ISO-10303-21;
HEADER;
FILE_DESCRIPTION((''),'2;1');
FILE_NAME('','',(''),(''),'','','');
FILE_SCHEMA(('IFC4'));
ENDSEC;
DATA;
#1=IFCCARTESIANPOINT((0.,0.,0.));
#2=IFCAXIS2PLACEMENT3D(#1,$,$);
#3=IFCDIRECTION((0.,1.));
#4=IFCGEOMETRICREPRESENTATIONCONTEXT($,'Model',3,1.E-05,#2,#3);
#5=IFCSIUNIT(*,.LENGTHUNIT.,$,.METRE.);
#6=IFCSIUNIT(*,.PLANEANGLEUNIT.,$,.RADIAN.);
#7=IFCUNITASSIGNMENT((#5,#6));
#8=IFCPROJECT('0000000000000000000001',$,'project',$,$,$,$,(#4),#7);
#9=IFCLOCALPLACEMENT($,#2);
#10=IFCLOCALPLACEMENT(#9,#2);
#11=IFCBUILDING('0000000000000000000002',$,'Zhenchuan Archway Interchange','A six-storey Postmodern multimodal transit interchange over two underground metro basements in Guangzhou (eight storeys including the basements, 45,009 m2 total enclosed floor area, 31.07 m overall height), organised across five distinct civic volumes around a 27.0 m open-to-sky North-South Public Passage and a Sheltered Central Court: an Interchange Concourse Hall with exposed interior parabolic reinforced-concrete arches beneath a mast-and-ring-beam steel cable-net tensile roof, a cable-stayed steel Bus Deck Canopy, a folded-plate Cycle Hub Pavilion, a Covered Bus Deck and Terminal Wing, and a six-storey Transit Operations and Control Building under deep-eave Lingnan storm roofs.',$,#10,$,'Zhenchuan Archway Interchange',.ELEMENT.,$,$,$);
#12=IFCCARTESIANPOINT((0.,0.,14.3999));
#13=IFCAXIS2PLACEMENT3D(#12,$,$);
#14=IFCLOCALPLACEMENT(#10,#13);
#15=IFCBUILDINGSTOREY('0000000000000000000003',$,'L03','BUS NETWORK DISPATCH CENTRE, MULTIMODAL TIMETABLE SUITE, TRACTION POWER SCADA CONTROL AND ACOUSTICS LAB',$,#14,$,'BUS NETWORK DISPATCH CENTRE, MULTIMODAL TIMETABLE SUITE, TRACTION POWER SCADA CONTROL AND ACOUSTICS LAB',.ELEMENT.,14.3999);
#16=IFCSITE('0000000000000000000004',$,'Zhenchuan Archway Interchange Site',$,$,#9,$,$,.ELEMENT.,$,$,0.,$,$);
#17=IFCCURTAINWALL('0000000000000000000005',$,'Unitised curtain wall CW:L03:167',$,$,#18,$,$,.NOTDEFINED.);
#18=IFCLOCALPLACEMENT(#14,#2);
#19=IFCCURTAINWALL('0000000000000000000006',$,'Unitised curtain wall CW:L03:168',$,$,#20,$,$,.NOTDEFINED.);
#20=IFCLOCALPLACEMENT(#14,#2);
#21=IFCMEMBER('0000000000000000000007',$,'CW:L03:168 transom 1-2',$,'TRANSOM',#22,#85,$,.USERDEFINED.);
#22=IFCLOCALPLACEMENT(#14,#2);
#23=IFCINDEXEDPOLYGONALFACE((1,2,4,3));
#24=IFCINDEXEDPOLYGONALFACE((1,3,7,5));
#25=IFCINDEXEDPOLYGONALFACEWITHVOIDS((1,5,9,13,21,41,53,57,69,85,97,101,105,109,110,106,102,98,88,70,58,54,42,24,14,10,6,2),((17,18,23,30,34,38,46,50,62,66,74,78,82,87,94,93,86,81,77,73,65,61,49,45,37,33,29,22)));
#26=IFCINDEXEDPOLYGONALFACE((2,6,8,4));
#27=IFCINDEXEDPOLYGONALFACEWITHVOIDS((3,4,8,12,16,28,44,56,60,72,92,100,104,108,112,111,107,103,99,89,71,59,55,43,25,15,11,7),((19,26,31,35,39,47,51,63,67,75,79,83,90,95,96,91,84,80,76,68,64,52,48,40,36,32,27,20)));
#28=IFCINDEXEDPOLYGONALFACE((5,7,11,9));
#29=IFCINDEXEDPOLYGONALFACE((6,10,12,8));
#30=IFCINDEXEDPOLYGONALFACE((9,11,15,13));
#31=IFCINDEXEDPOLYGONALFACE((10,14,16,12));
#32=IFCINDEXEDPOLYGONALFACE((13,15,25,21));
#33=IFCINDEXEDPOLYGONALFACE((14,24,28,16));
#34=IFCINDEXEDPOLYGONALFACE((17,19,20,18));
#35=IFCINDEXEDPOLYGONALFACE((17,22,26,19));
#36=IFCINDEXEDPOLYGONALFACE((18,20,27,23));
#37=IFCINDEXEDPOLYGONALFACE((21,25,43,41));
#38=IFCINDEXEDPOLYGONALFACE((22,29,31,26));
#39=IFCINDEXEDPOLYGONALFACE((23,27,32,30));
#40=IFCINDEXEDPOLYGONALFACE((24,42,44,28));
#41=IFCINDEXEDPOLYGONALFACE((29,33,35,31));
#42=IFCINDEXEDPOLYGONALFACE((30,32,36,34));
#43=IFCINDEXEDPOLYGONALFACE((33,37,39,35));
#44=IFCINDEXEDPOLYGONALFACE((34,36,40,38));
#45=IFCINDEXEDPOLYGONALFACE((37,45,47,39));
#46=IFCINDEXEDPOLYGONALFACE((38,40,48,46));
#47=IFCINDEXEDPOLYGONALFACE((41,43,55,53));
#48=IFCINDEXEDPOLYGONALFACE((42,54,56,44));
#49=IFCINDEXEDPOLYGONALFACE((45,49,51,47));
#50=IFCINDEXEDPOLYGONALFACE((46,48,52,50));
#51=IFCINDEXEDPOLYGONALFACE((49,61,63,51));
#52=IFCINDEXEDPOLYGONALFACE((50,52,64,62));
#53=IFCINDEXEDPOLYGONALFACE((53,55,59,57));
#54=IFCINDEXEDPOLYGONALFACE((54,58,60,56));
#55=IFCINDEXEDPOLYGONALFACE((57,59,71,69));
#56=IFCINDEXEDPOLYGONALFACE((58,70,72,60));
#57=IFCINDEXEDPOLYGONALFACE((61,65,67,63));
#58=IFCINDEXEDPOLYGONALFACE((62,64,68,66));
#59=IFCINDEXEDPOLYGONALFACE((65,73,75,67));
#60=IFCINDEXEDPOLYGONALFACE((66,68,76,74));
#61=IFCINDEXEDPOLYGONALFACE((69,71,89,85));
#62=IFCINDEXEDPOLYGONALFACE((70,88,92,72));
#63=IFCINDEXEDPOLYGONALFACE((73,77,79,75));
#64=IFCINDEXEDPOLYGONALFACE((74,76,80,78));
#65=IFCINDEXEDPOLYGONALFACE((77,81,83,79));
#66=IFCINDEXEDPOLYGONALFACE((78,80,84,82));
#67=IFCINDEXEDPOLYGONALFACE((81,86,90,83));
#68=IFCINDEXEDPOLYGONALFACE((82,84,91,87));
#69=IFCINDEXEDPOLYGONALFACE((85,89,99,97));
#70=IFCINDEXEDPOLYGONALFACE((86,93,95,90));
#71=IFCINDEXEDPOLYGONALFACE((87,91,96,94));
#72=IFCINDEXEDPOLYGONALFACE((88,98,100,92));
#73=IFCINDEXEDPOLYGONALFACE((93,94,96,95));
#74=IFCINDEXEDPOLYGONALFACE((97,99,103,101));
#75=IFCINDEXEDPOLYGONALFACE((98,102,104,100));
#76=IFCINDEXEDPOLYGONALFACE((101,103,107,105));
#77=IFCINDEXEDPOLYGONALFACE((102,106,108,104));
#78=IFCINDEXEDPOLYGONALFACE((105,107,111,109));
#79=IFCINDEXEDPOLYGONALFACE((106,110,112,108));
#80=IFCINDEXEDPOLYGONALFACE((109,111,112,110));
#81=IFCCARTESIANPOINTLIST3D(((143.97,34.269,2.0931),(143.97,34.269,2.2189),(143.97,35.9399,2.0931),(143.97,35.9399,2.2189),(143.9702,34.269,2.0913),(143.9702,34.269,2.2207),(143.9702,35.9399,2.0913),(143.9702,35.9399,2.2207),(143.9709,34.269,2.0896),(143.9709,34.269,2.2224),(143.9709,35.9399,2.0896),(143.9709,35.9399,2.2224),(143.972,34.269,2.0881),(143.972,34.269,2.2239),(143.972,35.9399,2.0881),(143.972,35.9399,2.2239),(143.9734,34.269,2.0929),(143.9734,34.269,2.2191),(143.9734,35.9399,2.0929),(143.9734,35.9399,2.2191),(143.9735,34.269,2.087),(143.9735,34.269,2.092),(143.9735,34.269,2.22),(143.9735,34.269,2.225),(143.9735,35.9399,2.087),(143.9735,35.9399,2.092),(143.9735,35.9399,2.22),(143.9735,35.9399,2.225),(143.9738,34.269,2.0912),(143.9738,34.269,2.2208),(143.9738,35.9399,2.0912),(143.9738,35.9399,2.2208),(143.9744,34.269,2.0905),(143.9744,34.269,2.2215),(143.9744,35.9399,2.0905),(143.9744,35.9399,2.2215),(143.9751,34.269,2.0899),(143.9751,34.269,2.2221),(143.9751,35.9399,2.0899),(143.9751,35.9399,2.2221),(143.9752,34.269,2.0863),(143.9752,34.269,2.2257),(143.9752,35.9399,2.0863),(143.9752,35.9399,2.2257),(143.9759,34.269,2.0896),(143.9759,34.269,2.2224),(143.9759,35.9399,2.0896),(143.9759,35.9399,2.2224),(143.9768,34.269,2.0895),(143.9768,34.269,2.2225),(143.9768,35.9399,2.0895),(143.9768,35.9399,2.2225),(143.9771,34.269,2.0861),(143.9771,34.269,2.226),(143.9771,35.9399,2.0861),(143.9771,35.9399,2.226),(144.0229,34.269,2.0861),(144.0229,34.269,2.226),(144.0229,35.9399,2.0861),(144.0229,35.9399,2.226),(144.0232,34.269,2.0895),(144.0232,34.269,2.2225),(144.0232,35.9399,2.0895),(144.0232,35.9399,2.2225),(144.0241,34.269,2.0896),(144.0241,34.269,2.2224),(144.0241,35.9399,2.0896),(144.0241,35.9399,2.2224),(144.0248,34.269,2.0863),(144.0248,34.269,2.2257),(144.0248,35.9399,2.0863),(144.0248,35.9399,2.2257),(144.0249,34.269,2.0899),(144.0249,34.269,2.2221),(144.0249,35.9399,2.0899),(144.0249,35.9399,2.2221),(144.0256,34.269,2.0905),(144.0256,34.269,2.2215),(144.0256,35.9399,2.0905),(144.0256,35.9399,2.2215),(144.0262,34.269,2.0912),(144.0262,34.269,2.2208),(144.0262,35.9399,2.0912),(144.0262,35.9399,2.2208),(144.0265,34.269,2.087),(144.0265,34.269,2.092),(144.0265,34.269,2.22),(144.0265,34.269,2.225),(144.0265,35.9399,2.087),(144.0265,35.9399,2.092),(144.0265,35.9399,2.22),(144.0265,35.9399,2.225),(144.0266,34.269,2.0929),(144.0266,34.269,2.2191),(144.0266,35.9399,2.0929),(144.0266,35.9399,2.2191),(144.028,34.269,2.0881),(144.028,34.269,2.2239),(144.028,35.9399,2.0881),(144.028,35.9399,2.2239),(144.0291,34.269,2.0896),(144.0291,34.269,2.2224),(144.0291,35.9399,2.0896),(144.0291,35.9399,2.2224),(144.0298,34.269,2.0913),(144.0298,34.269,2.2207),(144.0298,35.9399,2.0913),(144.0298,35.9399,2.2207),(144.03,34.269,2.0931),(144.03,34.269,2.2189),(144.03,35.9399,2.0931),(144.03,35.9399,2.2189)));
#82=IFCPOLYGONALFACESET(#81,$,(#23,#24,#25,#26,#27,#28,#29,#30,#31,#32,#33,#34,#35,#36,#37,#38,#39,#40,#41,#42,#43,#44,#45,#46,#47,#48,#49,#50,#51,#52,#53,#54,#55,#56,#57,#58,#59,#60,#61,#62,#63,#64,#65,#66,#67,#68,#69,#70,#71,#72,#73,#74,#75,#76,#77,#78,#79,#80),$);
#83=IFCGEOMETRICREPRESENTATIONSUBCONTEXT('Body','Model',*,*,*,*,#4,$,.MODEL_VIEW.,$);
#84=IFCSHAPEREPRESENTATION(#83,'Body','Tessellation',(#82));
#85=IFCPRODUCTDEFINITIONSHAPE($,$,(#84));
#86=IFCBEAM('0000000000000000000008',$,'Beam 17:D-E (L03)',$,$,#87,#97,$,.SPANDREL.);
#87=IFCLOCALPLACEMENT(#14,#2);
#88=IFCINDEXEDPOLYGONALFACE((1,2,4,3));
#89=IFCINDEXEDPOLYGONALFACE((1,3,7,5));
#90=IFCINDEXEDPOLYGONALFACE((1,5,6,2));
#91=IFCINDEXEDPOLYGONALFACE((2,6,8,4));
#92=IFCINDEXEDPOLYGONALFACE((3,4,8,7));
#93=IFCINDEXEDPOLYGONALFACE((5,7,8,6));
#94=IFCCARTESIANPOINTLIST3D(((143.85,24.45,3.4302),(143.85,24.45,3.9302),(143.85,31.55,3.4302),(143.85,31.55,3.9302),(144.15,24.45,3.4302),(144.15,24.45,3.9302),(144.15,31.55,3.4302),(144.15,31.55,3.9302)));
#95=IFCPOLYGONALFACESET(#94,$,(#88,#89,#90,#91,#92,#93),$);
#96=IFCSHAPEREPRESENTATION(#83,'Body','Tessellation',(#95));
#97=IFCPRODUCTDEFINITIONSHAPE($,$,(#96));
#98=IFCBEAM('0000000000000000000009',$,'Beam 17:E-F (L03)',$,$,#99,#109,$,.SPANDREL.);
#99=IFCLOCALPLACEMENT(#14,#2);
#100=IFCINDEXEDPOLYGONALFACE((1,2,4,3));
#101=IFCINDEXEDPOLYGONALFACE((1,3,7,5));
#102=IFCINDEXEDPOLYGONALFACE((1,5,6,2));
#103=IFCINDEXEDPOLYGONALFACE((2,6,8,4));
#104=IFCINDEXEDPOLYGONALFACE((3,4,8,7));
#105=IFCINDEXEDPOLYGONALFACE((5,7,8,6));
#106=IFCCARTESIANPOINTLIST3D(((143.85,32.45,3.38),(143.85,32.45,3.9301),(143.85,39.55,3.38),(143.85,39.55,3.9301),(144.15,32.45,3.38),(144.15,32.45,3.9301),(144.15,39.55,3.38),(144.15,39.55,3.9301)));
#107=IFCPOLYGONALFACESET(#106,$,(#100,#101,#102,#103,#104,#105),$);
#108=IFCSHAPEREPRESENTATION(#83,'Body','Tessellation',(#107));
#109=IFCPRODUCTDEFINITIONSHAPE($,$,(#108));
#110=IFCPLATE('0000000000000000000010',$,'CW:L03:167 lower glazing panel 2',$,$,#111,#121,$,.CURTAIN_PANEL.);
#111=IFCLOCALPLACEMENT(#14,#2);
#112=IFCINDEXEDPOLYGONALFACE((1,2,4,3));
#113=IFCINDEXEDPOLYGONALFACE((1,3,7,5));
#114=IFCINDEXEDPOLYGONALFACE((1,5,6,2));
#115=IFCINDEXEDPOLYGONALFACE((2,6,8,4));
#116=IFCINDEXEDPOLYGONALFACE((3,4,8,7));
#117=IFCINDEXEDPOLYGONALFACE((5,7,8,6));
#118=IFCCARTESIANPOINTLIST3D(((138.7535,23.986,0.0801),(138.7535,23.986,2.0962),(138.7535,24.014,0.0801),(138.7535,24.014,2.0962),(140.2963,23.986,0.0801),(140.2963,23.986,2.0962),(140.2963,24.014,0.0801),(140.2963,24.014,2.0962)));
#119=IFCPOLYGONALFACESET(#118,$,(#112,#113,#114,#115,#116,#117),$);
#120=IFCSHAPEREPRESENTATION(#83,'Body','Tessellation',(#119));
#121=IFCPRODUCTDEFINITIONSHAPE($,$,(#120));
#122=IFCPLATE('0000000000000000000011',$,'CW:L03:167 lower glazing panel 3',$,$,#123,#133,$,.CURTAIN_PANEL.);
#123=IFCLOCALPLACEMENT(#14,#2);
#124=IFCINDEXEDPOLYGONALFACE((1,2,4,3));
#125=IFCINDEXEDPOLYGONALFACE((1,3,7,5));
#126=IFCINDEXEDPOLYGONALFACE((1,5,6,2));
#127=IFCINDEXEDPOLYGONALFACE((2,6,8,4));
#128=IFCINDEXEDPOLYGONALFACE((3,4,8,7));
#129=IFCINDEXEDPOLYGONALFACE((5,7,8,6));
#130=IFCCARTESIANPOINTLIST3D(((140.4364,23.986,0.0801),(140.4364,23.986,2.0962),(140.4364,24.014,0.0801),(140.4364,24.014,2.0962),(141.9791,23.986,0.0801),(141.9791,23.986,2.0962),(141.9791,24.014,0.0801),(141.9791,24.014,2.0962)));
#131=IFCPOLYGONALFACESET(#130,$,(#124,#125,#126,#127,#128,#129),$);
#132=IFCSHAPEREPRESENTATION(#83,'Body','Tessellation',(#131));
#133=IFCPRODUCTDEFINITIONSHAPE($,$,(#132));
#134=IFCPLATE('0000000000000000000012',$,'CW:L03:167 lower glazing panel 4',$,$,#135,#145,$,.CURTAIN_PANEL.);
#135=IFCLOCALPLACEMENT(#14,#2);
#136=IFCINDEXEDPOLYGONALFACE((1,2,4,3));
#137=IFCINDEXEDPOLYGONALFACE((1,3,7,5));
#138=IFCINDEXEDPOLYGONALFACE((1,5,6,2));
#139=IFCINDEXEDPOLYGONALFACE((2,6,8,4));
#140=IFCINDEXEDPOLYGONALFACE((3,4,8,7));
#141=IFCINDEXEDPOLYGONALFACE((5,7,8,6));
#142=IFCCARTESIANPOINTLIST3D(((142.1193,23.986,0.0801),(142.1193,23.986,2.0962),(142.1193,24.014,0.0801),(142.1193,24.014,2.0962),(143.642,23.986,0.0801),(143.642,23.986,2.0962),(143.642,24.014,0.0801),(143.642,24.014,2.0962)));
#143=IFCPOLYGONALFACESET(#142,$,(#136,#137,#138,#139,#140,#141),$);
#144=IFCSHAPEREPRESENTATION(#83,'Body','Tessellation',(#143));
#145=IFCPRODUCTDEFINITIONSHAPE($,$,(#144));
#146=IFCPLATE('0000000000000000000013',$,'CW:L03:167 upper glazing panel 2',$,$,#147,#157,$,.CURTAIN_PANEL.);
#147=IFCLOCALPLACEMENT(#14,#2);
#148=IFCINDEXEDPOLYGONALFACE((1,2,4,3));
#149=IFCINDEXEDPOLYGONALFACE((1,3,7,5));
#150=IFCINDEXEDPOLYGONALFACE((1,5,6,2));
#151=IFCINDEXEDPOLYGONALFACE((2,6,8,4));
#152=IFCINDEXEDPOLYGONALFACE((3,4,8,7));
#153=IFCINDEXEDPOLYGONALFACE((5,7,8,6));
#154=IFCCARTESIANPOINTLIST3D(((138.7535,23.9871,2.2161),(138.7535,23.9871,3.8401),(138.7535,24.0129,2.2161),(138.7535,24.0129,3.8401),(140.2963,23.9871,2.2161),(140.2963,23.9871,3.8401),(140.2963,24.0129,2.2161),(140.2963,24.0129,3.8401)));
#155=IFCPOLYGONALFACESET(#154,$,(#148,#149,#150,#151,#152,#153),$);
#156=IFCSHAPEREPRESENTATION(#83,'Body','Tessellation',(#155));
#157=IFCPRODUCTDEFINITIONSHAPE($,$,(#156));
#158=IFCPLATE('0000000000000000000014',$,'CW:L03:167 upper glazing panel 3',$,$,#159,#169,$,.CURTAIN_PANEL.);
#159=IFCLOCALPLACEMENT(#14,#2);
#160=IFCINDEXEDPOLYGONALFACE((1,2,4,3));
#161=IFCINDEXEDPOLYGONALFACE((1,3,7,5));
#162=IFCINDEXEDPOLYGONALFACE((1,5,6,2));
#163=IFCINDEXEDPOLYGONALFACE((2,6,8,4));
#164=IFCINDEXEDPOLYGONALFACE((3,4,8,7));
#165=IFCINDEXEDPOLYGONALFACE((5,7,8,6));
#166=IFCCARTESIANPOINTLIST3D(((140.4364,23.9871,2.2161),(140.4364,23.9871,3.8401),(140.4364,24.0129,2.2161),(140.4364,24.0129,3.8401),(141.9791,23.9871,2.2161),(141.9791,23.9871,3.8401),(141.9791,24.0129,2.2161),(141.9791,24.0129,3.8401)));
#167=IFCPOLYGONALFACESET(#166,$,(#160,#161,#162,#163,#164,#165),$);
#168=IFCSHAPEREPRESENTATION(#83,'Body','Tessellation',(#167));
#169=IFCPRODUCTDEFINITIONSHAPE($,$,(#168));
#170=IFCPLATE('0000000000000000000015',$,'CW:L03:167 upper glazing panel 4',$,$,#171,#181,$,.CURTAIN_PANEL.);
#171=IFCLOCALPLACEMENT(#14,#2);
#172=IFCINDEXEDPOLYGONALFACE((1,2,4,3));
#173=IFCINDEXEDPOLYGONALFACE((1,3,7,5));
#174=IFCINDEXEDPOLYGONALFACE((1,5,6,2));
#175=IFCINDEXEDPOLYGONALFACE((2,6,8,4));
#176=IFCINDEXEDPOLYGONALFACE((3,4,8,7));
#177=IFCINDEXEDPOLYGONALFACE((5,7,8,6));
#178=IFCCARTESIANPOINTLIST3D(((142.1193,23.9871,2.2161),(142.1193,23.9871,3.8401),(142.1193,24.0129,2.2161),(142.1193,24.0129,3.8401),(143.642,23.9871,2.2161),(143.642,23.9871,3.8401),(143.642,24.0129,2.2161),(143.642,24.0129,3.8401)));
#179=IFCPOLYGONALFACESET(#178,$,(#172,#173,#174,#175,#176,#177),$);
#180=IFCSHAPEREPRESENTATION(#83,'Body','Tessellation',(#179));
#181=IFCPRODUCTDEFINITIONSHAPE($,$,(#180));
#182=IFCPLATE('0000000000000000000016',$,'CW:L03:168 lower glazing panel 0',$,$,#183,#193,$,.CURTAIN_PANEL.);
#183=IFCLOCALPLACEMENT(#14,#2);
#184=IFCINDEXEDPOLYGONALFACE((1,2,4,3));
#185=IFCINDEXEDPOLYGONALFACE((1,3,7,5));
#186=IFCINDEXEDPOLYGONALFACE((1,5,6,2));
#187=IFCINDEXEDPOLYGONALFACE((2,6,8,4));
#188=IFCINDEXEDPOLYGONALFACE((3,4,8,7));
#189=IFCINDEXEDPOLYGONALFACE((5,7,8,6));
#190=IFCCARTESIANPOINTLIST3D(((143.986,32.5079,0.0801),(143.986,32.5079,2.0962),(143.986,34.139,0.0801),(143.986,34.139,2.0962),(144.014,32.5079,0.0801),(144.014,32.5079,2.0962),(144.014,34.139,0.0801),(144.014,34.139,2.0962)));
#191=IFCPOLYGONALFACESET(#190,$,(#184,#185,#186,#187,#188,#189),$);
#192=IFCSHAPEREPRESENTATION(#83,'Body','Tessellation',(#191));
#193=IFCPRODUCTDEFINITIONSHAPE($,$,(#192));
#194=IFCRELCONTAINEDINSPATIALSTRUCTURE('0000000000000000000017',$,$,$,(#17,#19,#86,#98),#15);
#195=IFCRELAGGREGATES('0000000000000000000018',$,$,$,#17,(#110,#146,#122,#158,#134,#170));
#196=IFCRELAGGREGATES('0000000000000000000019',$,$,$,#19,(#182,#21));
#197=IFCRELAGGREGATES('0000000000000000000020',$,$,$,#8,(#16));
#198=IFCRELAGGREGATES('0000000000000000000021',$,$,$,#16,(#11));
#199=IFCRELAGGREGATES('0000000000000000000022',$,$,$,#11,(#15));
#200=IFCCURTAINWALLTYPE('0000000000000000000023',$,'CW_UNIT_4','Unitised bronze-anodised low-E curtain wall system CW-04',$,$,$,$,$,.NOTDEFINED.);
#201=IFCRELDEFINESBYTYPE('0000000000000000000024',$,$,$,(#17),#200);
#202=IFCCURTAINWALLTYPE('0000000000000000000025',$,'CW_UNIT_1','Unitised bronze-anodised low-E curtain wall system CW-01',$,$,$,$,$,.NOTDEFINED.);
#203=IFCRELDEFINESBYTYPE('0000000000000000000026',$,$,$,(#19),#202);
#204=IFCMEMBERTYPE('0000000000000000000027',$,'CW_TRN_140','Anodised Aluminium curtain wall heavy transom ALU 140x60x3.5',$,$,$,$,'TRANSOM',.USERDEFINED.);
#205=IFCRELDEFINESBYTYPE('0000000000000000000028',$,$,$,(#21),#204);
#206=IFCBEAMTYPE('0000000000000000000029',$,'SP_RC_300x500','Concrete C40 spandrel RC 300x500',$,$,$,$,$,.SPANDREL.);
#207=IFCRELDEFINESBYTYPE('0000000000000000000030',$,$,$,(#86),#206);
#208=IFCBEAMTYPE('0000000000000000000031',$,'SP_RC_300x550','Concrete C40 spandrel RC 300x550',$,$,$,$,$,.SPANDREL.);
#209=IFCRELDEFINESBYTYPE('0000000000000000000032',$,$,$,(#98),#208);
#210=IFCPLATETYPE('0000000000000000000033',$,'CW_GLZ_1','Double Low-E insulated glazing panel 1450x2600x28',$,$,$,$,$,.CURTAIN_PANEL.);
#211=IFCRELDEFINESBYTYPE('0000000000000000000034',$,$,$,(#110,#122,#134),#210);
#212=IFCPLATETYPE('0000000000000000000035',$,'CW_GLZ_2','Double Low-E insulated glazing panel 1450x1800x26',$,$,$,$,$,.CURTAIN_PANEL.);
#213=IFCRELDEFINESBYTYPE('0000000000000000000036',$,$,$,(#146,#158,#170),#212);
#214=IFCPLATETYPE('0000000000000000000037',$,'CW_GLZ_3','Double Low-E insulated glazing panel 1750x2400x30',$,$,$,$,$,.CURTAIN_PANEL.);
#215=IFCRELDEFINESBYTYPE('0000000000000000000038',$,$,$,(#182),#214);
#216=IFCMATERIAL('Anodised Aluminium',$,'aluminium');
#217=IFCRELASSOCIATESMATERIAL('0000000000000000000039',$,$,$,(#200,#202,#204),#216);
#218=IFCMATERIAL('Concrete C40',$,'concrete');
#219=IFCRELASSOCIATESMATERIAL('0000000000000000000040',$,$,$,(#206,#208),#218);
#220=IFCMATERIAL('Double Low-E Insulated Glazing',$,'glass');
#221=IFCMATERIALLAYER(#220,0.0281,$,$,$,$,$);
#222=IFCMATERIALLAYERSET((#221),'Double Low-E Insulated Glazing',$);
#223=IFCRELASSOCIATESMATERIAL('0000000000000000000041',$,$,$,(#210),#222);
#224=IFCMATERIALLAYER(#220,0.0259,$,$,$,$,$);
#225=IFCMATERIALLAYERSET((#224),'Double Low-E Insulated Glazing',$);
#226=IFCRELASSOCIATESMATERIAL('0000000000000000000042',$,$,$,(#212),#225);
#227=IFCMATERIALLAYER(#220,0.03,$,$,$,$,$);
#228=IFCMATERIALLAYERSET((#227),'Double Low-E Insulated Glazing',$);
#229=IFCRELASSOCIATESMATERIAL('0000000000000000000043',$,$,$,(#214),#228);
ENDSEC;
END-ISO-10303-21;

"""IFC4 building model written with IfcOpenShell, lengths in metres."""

from ifc_helpers import new_model, si_unit, direction, frame, origin, origin_2d, place, context, subcontext, project, spatial, rectangle, hollow_rectangle, extrude, material, layer, layer_set, material_profile, profile_set, type_object, element, aggregate, save


model = new_model("IFC4")

# Units and contexts
model_context = context("Model", 3, precision=1e-05, world=origin(), true_north=direction((0.0, 1.0)))
body_context = subcontext(model_context, "Body", "Model", "MODEL_VIEW")
ifc_project = project(units=[si_unit("LENGTHUNIT", "METRE"), si_unit("PLANEANGLEUNIT", "RADIAN")], contexts=[model_context])

# Site, building, storey
site_placement = place(None, origin())
site = spatial("IfcSite", under=ifc_project, at=site_placement, Name="Zhenchuan Archway Interchange Site", CompositionType="ELEMENT", RefElevation=0.0)
building_placement = place(site_placement, origin())
building = spatial("IfcBuilding", under=site, at=building_placement, Name="Zhenchuan Archway Interchange", Description="A six-storey Postmodern multimodal transit interchange over two underground metro basements in Guangzhou (eight storeys including the basements, 45,009 m2 total enclosed floor area, 31.07 m overall height), organised across five distinct civic volumes around a 27.0 m open-to-sky North-South Public Passage and a Sheltered Central Court: an Interchange Concourse Hall with exposed interior parabolic reinforced-concrete arches beneath a mast-and-ring-beam steel cable-net tensile roof, a cable-stayed steel Bus Deck Canopy, a folded-plate Cycle Hub Pavilion, a Covered Bus Deck and Terminal Wing, and a six-storey Transit Operations and Control Building under deep-eave Lingnan storm roofs.", LongName="Zhenchuan Archway Interchange", CompositionType="ELEMENT")
storey_placement = place(building_placement, frame((0.0, 0.0, 14.3999)))
storey = spatial("IfcBuildingStorey", under=building, at=storey_placement, Name="L03", Description="BUS NETWORK DISPATCH CENTRE, MULTIMODAL TIMETABLE SUITE, TRACTION POWER SCADA CONTROL AND ACOUSTICS LAB", LongName="BUS NETWORK DISPATCH CENTRE, MULTIMODAL TIMETABLE SUITE, TRACTION POWER SCADA CONTROL AND ACOUSTICS LAB", CompositionType="ELEMENT", Elevation=14.3999)

# Shared definitions
ifc_material_1 = material(Name="Concrete C40", Category="concrete")

# Curtain walls
ifc_material_2 = material(Name="Anodised Aluminium", Category="aluminium")
curtain_wall_type_1 = type_object("IfcCurtainWallType", Name="CW_UNIT_4", Description="Unitised bronze-anodised low-E curtain wall system CW-04", PredefinedType="NOTDEFINED", material=ifc_material_2)
curtain_wall_1_placement = place(storey_placement, origin())
curtain_wall_1 = element("IfcCurtainWall", 1, at=curtain_wall_1_placement, inside=storey, type_object=curtain_wall_type_1, Name="Unitised curtain wall CW:L03:167", PredefinedType="NOTDEFINED")
curtain_wall_type_2 = type_object("IfcCurtainWallType", Name="CW_UNIT_1", Description="Unitised bronze-anodised low-E curtain wall system CW-01", PredefinedType="NOTDEFINED", material=ifc_material_2)
curtain_wall_2_placement = place(storey_placement, origin())
curtain_wall_2 = element("IfcCurtainWall", 2, at=curtain_wall_2_placement, inside=storey, type_object=curtain_wall_type_2, Name="Unitised curtain wall CW:L03:168", PredefinedType="NOTDEFINED")

# Member
ifc_material_profile_1 = material_profile(ifc_material_2, hollow_rectangle(XDim=0.0601, YDim=0.1399, WallThickness=0.0034, InnerFilletRadius=0.0034, OuterFilletRadius=0.0071, at=origin_2d()), Name="ALU 140x60x3.5")
ifc_profile_set_1 = profile_set([ifc_material_profile_1], Name="Anodised Aluminium")
member_type_1 = type_object("IfcMemberType", Name="CW_TRN_140", Description="Anodised Aluminium curtain wall heavy transom ALU 140x60x3.5", ElementType="TRANSOM", PredefinedType="USERDEFINED", material=ifc_profile_set_1)
member_1_placement = place(storey_placement, frame((144.0, 34.269, 2.156), z_axis=(0.0, 1.0, 0.0), x_axis=(-1.0, 0.0, 0.0)))
member_1 = element("IfcMember", 3, at=member_1_placement, type_object=member_type_1, Name="CW:L03:168 transom 1-2", ObjectType="TRANSOM", PredefinedType="USERDEFINED", context=body_context, shape_type="SweptSolid", body=[
    extrude(hollow_rectangle(XDim=0.0601, YDim=0.1399, WallThickness=0.0034, InnerFilletRadius=0.0034, OuterFilletRadius=0.0071, at=origin_2d()), origin(), (0.0, 0.0, 1.0), 1.6709),
])

# Beams
ifc_material_profile_2 = material_profile(ifc_material_1, rectangle(XDim=0.3, YDim=0.5, at=origin_2d()), Name="RC 300x500")
ifc_profile_set_2 = profile_set([ifc_material_profile_2], Name="Concrete C40")
beam_type_1 = type_object("IfcBeamType", Name="SP_RC_300x500", Description="Concrete C40 spandrel RC 300x500", PredefinedType="SPANDREL", material=ifc_profile_set_2)
beam_1_placement = place(storey_placement, frame((144.0, 24.45, 3.6802), z_axis=(0.0, 1.0, 0.0), x_axis=(-1.0, 0.0, 0.0)))
element("IfcBeam", 4, at=beam_1_placement, inside=storey, type_object=beam_type_1, Name="Beam 17:D-E (L03)", PredefinedType="SPANDREL", context=body_context, shape_type="SweptSolid", body=[
    extrude(rectangle(XDim=0.3, YDim=0.5, at=origin_2d()), origin(), (0.0, 0.0, 1.0), 7.1001),
])
ifc_material_profile_3 = material_profile(ifc_material_1, rectangle(XDim=0.3, YDim=0.55, at=origin_2d()), Name="RC 300x550")
ifc_profile_set_3 = profile_set([ifc_material_profile_3], Name="Concrete C40")
beam_type_2 = type_object("IfcBeamType", Name="SP_RC_300x550", Description="Concrete C40 spandrel RC 300x550", PredefinedType="SPANDREL", material=ifc_profile_set_3)
beam_2_placement = place(storey_placement, frame((144.0, 32.45, 3.655), z_axis=(0.0, 1.0, 0.0), x_axis=(-1.0, 0.0, 0.0)))
element("IfcBeam", 5, at=beam_2_placement, inside=storey, type_object=beam_type_2, Name="Beam 17:E-F (L03)", PredefinedType="SPANDREL", context=body_context, shape_type="SweptSolid", body=[
    extrude(rectangle(XDim=0.3, YDim=0.55, at=origin_2d()), origin(), (0.0, 0.0, 1.0), 7.1001),
])

# Plates
ifc_material_3 = material(Name="Double Low-E Insulated Glazing", Category="glass")
ifc_layer_1 = layer(ifc_material_3, 0.0281)
ifc_layer_set_1 = layer_set([ifc_layer_1], Name="Double Low-E Insulated Glazing")
plate_type_1 = type_object("IfcPlateType", Name="CW_GLZ_1", Description="Double Low-E insulated glazing panel 1450x2600x28", PredefinedType="CURTAIN_PANEL", material=ifc_layer_set_1)
plate_1_placement = place(storey_placement, frame((139.5249, 24.0, 0.0801), z_axis=(0.0, 0.0, 1.0), x_axis=(1.0, 0.0, 0.0)))
plate_1 = element("IfcPlate", 6, at=plate_1_placement, type_object=plate_type_1, Name="CW:L03:167 lower glazing panel 2", PredefinedType="CURTAIN_PANEL", context=body_context, shape_type="SweptSolid", body=[
    extrude(rectangle(XDim=1.5427, YDim=0.0281, at=origin_2d()), origin(), (0.0, 0.0, 1.0), 2.0161),
])
plate_2_placement = place(storey_placement, frame((141.2078, 24.0, 0.0801), z_axis=(0.0, 0.0, 1.0), x_axis=(1.0, 0.0, 0.0)))
plate_2 = element("IfcPlate", 7, at=plate_2_placement, type_object=plate_type_1, Name="CW:L03:167 lower glazing panel 3", PredefinedType="CURTAIN_PANEL", context=body_context, shape_type="SweptSolid", body=[
    extrude(rectangle(XDim=1.5427, YDim=0.0281, at=origin_2d()), origin(), (0.0, 0.0, 1.0), 2.0161),
])
plate_3_placement = place(storey_placement, frame((142.8806, 24.0, 0.0801), z_axis=(0.0, 0.0, 1.0), x_axis=(1.0, 0.0, 0.0)))
plate_3 = element("IfcPlate", 8, at=plate_3_placement, type_object=plate_type_1, Name="CW:L03:167 lower glazing panel 4", PredefinedType="CURTAIN_PANEL", context=body_context, shape_type="SweptSolid", body=[
    extrude(rectangle(XDim=1.5227, YDim=0.0281, at=origin_2d()), origin(), (0.0, 0.0, 1.0), 2.0161),
])
ifc_layer_2 = layer(ifc_material_3, 0.0259)
ifc_layer_set_2 = layer_set([ifc_layer_2], Name="Double Low-E Insulated Glazing")
plate_type_2 = type_object("IfcPlateType", Name="CW_GLZ_2", Description="Double Low-E insulated glazing panel 1450x1800x26", PredefinedType="CURTAIN_PANEL", material=ifc_layer_set_2)
plate_4_placement = place(storey_placement, frame((139.5249, 24.0, 2.2161), z_axis=(0.0, 0.0, 1.0), x_axis=(1.0, 0.0, 0.0)))
plate_4 = element("IfcPlate", 9, at=plate_4_placement, type_object=plate_type_2, Name="CW:L03:167 upper glazing panel 2", PredefinedType="CURTAIN_PANEL", context=body_context, shape_type="SweptSolid", body=[
    extrude(rectangle(XDim=1.5427, YDim=0.0259, at=origin_2d()), origin(), (0.0, 0.0, 1.0), 1.624),
])
plate_5_placement = place(storey_placement, frame((141.2078, 24.0, 2.2161), z_axis=(0.0, 0.0, 1.0), x_axis=(1.0, 0.0, 0.0)))
plate_5 = element("IfcPlate", 10, at=plate_5_placement, type_object=plate_type_2, Name="CW:L03:167 upper glazing panel 3", PredefinedType="CURTAIN_PANEL", context=body_context, shape_type="SweptSolid", body=[
    extrude(rectangle(XDim=1.5427, YDim=0.0259, at=origin_2d()), origin(), (0.0, 0.0, 1.0), 1.624),
])
plate_6_placement = place(storey_placement, frame((142.8806, 24.0, 2.2161), z_axis=(0.0, 0.0, 1.0), x_axis=(1.0, 0.0, 0.0)))
plate_6 = element("IfcPlate", 11, at=plate_6_placement, type_object=plate_type_2, Name="CW:L03:167 upper glazing panel 4", PredefinedType="CURTAIN_PANEL", context=body_context, shape_type="SweptSolid", body=[
    extrude(rectangle(XDim=1.5227, YDim=0.0259, at=origin_2d()), origin(), (0.0, 0.0, 1.0), 1.624),
])
aggregate(curtain_wall_1, [plate_1, plate_4, plate_2, plate_5, plate_3, plate_6])
ifc_layer_3 = layer(ifc_material_3, 0.03)
ifc_layer_set_3 = layer_set([ifc_layer_3], Name="Double Low-E Insulated Glazing")
plate_type_3 = type_object("IfcPlateType", Name="CW_GLZ_3", Description="Double Low-E insulated glazing panel 1750x2400x30", PredefinedType="CURTAIN_PANEL", material=ifc_layer_set_3)
plate_7_placement = place(storey_placement, frame((144.0, 33.3235, 0.0801), z_axis=(0.0, 0.0, 1.0), x_axis=(0.0, 1.0, 0.0)))
plate_7 = element("IfcPlate", 12, at=plate_7_placement, type_object=plate_type_3, Name="CW:L03:168 lower glazing panel 0", PredefinedType="CURTAIN_PANEL", context=body_context, shape_type="SweptSolid", body=[
    extrude(rectangle(XDim=1.6311, YDim=0.0281, at=origin_2d()), origin(), (0.0, 0.0, 1.0), 2.0161),
])
aggregate(curtain_wall_2, [plate_7, member_1])

save(model, "model.ifc")
